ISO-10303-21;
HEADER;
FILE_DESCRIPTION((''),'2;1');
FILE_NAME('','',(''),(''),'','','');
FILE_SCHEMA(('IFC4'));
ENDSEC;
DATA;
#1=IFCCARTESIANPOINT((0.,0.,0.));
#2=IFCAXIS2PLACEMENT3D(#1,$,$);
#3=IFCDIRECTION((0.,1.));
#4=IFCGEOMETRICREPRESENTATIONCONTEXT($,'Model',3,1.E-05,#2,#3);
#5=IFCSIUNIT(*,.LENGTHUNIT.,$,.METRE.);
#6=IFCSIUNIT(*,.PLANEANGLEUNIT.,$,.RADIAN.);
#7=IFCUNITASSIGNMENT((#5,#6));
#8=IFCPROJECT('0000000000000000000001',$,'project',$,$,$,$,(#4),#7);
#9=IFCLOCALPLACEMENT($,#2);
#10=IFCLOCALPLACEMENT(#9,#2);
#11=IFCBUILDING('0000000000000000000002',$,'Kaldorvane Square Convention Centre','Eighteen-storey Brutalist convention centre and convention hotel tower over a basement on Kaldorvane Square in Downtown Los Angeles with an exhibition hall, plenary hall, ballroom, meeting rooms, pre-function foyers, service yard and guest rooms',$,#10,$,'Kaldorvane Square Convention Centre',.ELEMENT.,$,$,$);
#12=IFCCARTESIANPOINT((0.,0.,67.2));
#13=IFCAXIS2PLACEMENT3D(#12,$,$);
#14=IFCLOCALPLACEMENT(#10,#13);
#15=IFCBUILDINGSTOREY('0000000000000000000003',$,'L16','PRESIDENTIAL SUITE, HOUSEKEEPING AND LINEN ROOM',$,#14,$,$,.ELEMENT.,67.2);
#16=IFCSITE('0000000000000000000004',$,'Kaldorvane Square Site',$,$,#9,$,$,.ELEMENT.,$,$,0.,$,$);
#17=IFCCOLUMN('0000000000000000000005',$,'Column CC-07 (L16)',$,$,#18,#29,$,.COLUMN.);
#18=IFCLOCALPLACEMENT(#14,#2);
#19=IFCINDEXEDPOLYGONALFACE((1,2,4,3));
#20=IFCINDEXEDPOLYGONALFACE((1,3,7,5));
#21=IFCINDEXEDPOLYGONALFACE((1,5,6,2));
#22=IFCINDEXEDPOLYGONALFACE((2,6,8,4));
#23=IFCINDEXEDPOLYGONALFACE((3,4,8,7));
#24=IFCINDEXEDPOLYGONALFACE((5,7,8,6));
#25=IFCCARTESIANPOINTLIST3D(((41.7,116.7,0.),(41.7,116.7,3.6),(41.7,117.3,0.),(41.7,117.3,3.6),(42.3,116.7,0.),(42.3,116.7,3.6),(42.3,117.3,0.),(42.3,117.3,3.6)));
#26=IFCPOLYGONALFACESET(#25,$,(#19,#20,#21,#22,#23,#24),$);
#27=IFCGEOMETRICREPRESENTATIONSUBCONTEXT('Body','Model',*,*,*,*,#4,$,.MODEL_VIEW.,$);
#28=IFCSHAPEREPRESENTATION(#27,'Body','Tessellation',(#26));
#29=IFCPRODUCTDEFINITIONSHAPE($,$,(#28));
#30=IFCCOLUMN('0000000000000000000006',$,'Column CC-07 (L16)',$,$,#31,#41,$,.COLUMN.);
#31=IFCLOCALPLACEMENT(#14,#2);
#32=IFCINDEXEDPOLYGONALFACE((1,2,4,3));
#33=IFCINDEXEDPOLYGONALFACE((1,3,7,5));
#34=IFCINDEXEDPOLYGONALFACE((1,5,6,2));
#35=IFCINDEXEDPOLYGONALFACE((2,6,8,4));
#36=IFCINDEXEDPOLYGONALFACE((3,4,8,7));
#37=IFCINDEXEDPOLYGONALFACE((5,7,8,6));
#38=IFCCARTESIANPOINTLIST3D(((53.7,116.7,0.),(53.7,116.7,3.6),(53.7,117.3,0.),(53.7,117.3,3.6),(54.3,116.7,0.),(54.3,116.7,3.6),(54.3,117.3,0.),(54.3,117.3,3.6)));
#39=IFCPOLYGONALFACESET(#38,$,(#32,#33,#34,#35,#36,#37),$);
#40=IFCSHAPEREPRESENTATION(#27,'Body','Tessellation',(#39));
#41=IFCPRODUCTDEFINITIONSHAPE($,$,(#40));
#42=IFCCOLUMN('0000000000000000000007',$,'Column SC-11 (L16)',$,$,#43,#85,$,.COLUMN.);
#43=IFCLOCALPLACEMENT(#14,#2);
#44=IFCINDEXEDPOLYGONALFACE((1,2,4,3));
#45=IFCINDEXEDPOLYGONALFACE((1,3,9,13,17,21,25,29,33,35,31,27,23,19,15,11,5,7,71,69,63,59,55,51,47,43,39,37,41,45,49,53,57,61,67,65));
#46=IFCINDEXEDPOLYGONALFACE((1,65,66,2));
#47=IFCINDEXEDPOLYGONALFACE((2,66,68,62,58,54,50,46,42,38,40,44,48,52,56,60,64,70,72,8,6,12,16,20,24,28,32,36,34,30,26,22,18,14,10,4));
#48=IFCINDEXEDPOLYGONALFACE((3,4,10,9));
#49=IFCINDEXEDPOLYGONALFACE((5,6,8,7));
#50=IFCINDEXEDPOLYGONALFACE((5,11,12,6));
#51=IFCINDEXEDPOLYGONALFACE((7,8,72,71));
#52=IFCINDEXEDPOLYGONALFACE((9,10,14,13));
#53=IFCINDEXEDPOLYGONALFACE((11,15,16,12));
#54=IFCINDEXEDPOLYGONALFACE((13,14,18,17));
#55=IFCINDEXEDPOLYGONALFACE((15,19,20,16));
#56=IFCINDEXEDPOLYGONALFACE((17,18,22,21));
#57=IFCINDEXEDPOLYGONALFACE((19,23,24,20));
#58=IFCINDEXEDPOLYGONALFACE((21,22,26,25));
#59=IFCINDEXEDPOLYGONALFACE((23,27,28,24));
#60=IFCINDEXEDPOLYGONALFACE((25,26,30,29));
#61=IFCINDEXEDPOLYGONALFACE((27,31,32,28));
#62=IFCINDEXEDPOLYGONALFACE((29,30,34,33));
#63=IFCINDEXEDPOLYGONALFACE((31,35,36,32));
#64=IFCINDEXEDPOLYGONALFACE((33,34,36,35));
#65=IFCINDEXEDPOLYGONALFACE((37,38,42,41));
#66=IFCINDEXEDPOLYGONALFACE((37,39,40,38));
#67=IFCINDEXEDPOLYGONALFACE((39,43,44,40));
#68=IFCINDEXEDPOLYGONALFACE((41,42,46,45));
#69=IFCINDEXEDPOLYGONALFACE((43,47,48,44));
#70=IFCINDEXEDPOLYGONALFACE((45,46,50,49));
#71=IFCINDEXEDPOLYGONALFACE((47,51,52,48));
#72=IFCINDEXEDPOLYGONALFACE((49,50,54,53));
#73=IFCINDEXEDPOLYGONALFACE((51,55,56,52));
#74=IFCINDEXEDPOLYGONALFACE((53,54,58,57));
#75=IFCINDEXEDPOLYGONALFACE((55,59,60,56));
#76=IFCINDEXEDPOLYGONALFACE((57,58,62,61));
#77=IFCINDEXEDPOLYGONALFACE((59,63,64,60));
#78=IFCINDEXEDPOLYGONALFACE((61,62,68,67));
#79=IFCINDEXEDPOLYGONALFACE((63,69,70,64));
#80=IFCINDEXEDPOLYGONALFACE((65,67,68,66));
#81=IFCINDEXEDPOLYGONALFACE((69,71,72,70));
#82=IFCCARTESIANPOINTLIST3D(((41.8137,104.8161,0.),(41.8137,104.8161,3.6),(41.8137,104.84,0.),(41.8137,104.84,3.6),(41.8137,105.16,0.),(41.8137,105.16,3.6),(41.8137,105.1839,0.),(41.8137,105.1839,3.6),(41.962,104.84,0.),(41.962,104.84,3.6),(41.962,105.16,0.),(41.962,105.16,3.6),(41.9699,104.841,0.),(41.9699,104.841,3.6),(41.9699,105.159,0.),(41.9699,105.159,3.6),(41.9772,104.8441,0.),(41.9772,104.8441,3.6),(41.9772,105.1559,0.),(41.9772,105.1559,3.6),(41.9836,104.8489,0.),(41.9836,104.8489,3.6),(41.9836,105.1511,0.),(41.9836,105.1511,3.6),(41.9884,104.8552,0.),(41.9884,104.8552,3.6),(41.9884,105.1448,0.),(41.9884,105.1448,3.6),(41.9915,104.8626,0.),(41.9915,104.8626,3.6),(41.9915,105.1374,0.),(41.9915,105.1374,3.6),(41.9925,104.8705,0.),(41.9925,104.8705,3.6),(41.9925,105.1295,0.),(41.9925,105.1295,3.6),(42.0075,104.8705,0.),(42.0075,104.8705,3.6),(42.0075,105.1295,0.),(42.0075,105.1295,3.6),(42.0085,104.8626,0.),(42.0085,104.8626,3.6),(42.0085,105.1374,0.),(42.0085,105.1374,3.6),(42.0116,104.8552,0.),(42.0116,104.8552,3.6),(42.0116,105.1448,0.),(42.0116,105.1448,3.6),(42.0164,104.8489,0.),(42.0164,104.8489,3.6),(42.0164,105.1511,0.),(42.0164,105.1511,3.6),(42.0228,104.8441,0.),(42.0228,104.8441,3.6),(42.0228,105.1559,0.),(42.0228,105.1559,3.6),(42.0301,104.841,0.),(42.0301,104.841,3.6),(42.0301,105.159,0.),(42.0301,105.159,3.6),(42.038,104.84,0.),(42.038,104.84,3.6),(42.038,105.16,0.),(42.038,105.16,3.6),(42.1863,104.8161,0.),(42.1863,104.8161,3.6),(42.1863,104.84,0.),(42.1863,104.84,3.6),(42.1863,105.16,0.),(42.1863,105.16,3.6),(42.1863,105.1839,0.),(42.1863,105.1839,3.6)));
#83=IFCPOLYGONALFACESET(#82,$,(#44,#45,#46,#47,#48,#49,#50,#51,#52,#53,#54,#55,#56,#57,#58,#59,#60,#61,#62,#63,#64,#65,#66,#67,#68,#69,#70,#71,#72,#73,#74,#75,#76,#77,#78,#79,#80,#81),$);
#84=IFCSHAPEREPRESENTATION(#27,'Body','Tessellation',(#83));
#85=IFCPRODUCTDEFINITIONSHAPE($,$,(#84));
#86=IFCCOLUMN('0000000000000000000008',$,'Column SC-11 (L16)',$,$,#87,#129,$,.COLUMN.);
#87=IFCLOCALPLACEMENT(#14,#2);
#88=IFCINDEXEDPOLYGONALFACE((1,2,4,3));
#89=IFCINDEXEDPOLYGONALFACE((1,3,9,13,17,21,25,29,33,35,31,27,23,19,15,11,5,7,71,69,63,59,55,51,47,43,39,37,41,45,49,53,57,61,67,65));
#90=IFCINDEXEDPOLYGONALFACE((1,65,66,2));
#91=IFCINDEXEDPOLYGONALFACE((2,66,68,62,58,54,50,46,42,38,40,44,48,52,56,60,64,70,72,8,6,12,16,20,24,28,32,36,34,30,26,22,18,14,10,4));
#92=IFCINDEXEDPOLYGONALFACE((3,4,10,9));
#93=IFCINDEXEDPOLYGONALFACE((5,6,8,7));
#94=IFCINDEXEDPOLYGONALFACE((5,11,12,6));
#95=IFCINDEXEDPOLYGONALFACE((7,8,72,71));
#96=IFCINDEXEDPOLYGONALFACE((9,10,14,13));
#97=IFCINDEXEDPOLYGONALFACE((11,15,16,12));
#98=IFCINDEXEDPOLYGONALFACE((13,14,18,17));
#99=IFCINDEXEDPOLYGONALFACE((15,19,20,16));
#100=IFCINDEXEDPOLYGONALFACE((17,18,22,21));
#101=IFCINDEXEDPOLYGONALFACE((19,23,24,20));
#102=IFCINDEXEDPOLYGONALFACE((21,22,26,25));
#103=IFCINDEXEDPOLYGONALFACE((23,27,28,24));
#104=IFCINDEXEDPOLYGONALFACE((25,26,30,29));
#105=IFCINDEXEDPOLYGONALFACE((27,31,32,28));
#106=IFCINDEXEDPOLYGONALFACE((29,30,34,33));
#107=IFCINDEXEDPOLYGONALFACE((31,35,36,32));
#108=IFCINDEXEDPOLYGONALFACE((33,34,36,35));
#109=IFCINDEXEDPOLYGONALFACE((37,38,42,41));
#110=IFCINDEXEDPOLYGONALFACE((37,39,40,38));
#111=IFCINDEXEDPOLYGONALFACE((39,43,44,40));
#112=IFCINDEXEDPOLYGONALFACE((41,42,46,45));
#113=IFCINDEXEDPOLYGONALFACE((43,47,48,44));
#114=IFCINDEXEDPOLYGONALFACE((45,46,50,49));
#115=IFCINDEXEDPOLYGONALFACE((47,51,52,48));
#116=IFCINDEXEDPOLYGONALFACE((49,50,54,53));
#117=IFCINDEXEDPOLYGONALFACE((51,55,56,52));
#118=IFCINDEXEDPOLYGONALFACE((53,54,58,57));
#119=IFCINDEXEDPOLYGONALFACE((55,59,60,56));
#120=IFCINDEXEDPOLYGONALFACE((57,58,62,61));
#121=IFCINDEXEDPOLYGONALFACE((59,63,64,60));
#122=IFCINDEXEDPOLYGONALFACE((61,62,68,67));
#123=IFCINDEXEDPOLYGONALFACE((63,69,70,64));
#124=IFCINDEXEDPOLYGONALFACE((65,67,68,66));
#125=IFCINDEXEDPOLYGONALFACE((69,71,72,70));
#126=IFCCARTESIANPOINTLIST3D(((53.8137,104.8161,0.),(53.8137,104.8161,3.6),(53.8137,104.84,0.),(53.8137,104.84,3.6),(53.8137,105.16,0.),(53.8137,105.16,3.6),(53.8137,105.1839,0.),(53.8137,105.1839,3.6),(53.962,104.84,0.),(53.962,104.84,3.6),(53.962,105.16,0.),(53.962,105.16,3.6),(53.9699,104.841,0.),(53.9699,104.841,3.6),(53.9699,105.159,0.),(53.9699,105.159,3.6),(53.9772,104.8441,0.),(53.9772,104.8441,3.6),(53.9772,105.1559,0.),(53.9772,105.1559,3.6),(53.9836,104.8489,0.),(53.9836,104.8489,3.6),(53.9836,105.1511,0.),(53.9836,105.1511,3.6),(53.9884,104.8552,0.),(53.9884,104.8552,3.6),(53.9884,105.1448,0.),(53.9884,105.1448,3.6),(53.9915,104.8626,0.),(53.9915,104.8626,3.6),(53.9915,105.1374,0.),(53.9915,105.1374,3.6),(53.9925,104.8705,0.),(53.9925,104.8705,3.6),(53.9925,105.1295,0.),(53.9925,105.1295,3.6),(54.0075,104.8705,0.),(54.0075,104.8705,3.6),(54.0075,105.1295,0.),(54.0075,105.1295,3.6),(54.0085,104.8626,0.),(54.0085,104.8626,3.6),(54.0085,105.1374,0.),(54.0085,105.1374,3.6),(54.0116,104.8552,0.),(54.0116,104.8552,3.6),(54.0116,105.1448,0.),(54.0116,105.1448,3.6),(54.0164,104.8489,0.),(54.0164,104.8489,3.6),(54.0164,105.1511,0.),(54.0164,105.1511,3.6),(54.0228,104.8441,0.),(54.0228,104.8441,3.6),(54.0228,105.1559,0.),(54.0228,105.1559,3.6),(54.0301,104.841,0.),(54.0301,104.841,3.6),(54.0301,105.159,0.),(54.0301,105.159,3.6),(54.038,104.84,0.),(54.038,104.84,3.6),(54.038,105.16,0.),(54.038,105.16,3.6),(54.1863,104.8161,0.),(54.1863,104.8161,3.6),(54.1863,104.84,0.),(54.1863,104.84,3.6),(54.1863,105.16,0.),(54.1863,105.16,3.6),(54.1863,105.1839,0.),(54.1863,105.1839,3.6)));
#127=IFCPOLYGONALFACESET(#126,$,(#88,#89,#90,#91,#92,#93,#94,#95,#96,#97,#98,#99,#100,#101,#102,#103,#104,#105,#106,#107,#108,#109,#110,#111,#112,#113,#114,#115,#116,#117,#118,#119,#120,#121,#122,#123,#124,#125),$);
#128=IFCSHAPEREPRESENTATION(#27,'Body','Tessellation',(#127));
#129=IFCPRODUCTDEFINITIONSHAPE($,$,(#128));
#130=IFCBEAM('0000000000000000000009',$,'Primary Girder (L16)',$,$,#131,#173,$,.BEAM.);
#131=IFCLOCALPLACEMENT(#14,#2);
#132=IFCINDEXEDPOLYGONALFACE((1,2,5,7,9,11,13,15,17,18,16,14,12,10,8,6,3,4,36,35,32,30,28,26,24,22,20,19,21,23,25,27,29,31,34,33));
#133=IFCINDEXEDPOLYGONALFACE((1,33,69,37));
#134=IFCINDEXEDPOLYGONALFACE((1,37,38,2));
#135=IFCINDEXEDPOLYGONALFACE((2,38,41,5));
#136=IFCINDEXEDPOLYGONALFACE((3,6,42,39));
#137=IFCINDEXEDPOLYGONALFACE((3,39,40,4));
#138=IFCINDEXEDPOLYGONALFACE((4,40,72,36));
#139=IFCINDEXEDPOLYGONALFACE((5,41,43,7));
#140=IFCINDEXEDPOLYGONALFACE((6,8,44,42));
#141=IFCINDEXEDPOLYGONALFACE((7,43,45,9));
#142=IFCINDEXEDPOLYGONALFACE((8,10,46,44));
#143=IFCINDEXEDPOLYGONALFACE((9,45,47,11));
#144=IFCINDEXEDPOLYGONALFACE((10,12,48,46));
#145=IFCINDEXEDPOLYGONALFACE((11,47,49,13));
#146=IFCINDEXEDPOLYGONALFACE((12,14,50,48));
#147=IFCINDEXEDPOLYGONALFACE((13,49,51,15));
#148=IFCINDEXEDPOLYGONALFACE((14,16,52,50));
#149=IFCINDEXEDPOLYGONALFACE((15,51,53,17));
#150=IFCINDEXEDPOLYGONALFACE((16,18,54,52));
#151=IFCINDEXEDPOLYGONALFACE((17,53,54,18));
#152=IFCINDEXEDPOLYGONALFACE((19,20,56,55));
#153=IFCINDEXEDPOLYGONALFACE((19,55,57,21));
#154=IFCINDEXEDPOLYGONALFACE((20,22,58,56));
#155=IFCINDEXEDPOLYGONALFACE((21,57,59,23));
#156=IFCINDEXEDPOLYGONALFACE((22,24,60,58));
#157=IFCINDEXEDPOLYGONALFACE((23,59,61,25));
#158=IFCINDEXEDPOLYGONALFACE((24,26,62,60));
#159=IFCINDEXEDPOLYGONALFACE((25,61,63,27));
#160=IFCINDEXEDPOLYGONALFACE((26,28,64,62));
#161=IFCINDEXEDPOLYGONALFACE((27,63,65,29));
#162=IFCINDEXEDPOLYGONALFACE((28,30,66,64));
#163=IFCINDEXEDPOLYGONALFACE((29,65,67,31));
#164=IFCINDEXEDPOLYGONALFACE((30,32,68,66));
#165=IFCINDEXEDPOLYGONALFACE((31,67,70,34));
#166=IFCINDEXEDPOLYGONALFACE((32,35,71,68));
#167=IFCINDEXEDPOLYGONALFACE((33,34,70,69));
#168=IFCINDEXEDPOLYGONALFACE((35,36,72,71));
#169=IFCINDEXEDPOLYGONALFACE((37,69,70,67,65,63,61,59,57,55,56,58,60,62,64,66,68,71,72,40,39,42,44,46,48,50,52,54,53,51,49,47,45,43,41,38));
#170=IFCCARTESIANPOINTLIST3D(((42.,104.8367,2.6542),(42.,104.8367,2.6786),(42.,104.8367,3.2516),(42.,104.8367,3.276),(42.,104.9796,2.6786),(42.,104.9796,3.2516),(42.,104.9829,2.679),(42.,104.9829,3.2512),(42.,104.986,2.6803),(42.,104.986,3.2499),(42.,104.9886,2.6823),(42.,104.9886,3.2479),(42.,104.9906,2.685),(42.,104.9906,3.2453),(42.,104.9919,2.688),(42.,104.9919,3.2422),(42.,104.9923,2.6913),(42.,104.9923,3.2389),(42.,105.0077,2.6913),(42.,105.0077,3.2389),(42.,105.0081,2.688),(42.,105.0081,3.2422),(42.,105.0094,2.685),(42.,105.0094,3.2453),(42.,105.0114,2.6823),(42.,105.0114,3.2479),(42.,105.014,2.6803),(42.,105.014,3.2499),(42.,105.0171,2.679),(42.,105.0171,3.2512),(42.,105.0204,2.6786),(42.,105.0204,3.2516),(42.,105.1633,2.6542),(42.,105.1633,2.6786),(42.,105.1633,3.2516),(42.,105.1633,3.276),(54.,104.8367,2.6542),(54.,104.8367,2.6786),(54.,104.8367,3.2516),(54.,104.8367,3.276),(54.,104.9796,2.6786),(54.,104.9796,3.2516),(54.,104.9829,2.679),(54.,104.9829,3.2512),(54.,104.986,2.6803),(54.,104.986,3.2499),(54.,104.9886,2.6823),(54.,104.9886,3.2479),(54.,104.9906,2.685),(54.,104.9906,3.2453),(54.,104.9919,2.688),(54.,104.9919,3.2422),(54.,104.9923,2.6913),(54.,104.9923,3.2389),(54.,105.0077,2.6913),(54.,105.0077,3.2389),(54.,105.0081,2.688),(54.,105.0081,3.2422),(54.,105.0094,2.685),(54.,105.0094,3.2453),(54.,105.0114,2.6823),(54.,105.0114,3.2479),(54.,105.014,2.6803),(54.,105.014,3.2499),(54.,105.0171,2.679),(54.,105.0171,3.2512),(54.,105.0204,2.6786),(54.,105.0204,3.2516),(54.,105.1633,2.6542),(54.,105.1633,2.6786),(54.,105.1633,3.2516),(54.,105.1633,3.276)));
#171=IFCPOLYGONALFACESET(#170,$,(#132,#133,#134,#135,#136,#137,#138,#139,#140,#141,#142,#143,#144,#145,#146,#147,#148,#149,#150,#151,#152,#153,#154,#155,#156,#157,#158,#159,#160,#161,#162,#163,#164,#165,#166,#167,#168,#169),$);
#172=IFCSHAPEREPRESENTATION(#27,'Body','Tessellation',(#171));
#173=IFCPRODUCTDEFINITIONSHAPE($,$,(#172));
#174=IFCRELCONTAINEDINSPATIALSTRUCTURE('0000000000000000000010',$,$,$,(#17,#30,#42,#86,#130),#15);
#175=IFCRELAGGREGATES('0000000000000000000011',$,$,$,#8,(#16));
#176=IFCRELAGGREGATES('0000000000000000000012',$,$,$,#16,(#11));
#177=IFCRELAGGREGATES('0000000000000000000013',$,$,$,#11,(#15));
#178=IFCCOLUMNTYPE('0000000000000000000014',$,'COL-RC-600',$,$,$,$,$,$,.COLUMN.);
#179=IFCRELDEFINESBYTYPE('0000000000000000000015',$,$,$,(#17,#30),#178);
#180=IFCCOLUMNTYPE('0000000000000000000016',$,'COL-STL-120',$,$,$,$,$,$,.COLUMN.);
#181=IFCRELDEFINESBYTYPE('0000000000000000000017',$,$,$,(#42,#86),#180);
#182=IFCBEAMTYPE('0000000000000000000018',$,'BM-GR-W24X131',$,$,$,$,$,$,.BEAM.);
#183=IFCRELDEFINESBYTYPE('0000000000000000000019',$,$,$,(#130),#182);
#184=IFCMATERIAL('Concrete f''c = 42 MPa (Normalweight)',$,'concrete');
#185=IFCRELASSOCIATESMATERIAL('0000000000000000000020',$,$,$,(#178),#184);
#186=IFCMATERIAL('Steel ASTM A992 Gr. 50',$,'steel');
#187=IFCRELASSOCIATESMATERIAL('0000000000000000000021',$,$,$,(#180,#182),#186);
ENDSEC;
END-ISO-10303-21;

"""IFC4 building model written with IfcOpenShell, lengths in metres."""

from ifc_helpers import new_model, si_unit, direction, frame, origin, origin_2d, place, context, subcontext, project, spatial, rectangle, i_section, extrude, material, material_profile, profile_set, type_object, element, save


model = new_model("IFC4")

# Units and contexts
model_context = context("Model", 3, precision=1e-05, world=origin(), true_north=direction((0.0, 1.0)))
body_context = subcontext(model_context, "Body", "Model", "MODEL_VIEW")
ifc_project = project(units=[si_unit("LENGTHUNIT", "METRE"), si_unit("PLANEANGLEUNIT", "RADIAN")], contexts=[model_context])

# Site, building, storey
site_placement = place(None, origin())
site = spatial("IfcSite", under=ifc_project, at=site_placement, Name="Kaldorvane Square Site", CompositionType="ELEMENT", RefElevation=0.0)
building_placement = place(site_placement, origin())
building = spatial("IfcBuilding", under=site, at=building_placement, Name="Kaldorvane Square Convention Centre", Description="Eighteen-storey Brutalist convention centre and convention hotel tower over a basement on Kaldorvane Square in Downtown Los Angeles with an exhibition hall, plenary hall, ballroom, meeting rooms, pre-function foyers, service yard and guest rooms", LongName="Kaldorvane Square Convention Centre", CompositionType="ELEMENT")
storey_placement = place(building_placement, frame((0.0, 0.0, 67.2)))
storey = spatial("IfcBuildingStorey", under=building, at=storey_placement, Name="L16", Description="PRESIDENTIAL SUITE, HOUSEKEEPING AND LINEN ROOM", CompositionType="ELEMENT", Elevation=67.2)

# Columns
ifc_material_1 = material(Name="Concrete f'c = 42 MPa (Normalweight)", Category="concrete")
ifc_material_profile_1 = material_profile(ifc_material_1, rectangle(XDim=0.6, YDim=0.6, at=origin_2d()), Name="RC600X600")
ifc_profile_set_1 = profile_set([ifc_material_profile_1], Name="Concrete f'c = 42 MPa (Normalweight)")
column_type_1 = type_object("IfcColumnType", Name="COL-RC-600", PredefinedType="COLUMN", material=ifc_profile_set_1)
for number, where, z_axis, x_axis, name in (
    (1, (42.0, 117.0, 0.0), (0.0, 0.0, 1.0), (1.0, 0.0, 0.0), "Column CC-07 (L16)"),
    (2, (54.0, 117.0, 0.0), (0.0, 0.0, 1.0), (1.0, 0.0, 0.0), "Column CC-07 (L16)"),
):
    element("IfcColumn", number, at=place(storey_placement, frame(where, z_axis=z_axis, x_axis=x_axis)), inside=storey, type_object=column_type_1, Name=name, PredefinedType="COLUMN", context=body_context, shape_type="SweptSolid", body=[
        extrude(rectangle(XDim=0.6, YDim=0.6, at=origin_2d()), origin(), (0.0, 0.0, 1.0), 3.6),
    ])
ifc_material_2 = material(Name="Steel ASTM A992 Gr. 50", Category="steel")
ifc_material_profile_2 = material_profile(ifc_material_2, i_section(OverallWidth=0.3726, OverallDepth=0.3678, WebThickness=0.015, FlangeThickness=0.0239, FilletRadius=0.0305, at=origin_2d()), Name="W14X120")
ifc_profile_set_2 = profile_set([ifc_material_profile_2], Name="Steel ASTM A992 Gr. 50")
column_type_2 = type_object("IfcColumnType", Name="COL-STL-120", PredefinedType="COLUMN", material=ifc_profile_set_2)
for number, where, z_axis, x_axis, name in (
    (3, (42.0, 105.0, 0.0), (0.0, 0.0, 1.0), (1.0, 0.0, 0.0), "Column SC-11 (L16)"),
    (4, (54.0, 105.0, 0.0), (0.0, 0.0, 1.0), (1.0, 0.0, 0.0), "Column SC-11 (L16)"),
):
    element("IfcColumn", number, at=place(storey_placement, frame(where, z_axis=z_axis, x_axis=x_axis)), inside=storey, type_object=column_type_2, Name=name, PredefinedType="COLUMN", context=body_context, shape_type="SweptSolid", body=[
        extrude(i_section(OverallWidth=0.3726, OverallDepth=0.3678, WebThickness=0.015, FlangeThickness=0.0239, FilletRadius=0.0305, at=origin_2d()), origin(), (0.0, 0.0, 1.0), 3.6),
    ])

# Beam
ifc_material_profile_3 = material_profile(ifc_material_2, i_section(OverallWidth=0.3265, OverallDepth=0.6218, WebThickness=0.0154, FlangeThickness=0.0244, FilletRadius=0.0127, at=origin_2d()), Name="W24X131")
ifc_profile_set_3 = profile_set([ifc_material_profile_3], Name="Steel ASTM A992 Gr. 50")
beam_type_1 = type_object("IfcBeamType", Name="BM-GR-W24X131", PredefinedType="BEAM", material=ifc_profile_set_3)
for number, where, z_axis, x_axis, name in (
    (5, (42.0, 105.0, 2.9651), (1.0, 0.0, 0.0), (0.0, 1.0, 0.0), "Primary Girder (L16)"),
):
    element("IfcBeam", number, at=place(storey_placement, frame(where, z_axis=z_axis, x_axis=x_axis)), inside=storey, type_object=beam_type_1, Name=name, PredefinedType="BEAM", context=body_context, shape_type="SweptSolid", body=[
        extrude(i_section(OverallWidth=0.3265, OverallDepth=0.6218, WebThickness=0.0154, FlangeThickness=0.0244, FilletRadius=0.0127, at=origin_2d()), origin(), (0.0, 0.0, 1.0), 12.0),
    ])

save(model, "model.ifc")
